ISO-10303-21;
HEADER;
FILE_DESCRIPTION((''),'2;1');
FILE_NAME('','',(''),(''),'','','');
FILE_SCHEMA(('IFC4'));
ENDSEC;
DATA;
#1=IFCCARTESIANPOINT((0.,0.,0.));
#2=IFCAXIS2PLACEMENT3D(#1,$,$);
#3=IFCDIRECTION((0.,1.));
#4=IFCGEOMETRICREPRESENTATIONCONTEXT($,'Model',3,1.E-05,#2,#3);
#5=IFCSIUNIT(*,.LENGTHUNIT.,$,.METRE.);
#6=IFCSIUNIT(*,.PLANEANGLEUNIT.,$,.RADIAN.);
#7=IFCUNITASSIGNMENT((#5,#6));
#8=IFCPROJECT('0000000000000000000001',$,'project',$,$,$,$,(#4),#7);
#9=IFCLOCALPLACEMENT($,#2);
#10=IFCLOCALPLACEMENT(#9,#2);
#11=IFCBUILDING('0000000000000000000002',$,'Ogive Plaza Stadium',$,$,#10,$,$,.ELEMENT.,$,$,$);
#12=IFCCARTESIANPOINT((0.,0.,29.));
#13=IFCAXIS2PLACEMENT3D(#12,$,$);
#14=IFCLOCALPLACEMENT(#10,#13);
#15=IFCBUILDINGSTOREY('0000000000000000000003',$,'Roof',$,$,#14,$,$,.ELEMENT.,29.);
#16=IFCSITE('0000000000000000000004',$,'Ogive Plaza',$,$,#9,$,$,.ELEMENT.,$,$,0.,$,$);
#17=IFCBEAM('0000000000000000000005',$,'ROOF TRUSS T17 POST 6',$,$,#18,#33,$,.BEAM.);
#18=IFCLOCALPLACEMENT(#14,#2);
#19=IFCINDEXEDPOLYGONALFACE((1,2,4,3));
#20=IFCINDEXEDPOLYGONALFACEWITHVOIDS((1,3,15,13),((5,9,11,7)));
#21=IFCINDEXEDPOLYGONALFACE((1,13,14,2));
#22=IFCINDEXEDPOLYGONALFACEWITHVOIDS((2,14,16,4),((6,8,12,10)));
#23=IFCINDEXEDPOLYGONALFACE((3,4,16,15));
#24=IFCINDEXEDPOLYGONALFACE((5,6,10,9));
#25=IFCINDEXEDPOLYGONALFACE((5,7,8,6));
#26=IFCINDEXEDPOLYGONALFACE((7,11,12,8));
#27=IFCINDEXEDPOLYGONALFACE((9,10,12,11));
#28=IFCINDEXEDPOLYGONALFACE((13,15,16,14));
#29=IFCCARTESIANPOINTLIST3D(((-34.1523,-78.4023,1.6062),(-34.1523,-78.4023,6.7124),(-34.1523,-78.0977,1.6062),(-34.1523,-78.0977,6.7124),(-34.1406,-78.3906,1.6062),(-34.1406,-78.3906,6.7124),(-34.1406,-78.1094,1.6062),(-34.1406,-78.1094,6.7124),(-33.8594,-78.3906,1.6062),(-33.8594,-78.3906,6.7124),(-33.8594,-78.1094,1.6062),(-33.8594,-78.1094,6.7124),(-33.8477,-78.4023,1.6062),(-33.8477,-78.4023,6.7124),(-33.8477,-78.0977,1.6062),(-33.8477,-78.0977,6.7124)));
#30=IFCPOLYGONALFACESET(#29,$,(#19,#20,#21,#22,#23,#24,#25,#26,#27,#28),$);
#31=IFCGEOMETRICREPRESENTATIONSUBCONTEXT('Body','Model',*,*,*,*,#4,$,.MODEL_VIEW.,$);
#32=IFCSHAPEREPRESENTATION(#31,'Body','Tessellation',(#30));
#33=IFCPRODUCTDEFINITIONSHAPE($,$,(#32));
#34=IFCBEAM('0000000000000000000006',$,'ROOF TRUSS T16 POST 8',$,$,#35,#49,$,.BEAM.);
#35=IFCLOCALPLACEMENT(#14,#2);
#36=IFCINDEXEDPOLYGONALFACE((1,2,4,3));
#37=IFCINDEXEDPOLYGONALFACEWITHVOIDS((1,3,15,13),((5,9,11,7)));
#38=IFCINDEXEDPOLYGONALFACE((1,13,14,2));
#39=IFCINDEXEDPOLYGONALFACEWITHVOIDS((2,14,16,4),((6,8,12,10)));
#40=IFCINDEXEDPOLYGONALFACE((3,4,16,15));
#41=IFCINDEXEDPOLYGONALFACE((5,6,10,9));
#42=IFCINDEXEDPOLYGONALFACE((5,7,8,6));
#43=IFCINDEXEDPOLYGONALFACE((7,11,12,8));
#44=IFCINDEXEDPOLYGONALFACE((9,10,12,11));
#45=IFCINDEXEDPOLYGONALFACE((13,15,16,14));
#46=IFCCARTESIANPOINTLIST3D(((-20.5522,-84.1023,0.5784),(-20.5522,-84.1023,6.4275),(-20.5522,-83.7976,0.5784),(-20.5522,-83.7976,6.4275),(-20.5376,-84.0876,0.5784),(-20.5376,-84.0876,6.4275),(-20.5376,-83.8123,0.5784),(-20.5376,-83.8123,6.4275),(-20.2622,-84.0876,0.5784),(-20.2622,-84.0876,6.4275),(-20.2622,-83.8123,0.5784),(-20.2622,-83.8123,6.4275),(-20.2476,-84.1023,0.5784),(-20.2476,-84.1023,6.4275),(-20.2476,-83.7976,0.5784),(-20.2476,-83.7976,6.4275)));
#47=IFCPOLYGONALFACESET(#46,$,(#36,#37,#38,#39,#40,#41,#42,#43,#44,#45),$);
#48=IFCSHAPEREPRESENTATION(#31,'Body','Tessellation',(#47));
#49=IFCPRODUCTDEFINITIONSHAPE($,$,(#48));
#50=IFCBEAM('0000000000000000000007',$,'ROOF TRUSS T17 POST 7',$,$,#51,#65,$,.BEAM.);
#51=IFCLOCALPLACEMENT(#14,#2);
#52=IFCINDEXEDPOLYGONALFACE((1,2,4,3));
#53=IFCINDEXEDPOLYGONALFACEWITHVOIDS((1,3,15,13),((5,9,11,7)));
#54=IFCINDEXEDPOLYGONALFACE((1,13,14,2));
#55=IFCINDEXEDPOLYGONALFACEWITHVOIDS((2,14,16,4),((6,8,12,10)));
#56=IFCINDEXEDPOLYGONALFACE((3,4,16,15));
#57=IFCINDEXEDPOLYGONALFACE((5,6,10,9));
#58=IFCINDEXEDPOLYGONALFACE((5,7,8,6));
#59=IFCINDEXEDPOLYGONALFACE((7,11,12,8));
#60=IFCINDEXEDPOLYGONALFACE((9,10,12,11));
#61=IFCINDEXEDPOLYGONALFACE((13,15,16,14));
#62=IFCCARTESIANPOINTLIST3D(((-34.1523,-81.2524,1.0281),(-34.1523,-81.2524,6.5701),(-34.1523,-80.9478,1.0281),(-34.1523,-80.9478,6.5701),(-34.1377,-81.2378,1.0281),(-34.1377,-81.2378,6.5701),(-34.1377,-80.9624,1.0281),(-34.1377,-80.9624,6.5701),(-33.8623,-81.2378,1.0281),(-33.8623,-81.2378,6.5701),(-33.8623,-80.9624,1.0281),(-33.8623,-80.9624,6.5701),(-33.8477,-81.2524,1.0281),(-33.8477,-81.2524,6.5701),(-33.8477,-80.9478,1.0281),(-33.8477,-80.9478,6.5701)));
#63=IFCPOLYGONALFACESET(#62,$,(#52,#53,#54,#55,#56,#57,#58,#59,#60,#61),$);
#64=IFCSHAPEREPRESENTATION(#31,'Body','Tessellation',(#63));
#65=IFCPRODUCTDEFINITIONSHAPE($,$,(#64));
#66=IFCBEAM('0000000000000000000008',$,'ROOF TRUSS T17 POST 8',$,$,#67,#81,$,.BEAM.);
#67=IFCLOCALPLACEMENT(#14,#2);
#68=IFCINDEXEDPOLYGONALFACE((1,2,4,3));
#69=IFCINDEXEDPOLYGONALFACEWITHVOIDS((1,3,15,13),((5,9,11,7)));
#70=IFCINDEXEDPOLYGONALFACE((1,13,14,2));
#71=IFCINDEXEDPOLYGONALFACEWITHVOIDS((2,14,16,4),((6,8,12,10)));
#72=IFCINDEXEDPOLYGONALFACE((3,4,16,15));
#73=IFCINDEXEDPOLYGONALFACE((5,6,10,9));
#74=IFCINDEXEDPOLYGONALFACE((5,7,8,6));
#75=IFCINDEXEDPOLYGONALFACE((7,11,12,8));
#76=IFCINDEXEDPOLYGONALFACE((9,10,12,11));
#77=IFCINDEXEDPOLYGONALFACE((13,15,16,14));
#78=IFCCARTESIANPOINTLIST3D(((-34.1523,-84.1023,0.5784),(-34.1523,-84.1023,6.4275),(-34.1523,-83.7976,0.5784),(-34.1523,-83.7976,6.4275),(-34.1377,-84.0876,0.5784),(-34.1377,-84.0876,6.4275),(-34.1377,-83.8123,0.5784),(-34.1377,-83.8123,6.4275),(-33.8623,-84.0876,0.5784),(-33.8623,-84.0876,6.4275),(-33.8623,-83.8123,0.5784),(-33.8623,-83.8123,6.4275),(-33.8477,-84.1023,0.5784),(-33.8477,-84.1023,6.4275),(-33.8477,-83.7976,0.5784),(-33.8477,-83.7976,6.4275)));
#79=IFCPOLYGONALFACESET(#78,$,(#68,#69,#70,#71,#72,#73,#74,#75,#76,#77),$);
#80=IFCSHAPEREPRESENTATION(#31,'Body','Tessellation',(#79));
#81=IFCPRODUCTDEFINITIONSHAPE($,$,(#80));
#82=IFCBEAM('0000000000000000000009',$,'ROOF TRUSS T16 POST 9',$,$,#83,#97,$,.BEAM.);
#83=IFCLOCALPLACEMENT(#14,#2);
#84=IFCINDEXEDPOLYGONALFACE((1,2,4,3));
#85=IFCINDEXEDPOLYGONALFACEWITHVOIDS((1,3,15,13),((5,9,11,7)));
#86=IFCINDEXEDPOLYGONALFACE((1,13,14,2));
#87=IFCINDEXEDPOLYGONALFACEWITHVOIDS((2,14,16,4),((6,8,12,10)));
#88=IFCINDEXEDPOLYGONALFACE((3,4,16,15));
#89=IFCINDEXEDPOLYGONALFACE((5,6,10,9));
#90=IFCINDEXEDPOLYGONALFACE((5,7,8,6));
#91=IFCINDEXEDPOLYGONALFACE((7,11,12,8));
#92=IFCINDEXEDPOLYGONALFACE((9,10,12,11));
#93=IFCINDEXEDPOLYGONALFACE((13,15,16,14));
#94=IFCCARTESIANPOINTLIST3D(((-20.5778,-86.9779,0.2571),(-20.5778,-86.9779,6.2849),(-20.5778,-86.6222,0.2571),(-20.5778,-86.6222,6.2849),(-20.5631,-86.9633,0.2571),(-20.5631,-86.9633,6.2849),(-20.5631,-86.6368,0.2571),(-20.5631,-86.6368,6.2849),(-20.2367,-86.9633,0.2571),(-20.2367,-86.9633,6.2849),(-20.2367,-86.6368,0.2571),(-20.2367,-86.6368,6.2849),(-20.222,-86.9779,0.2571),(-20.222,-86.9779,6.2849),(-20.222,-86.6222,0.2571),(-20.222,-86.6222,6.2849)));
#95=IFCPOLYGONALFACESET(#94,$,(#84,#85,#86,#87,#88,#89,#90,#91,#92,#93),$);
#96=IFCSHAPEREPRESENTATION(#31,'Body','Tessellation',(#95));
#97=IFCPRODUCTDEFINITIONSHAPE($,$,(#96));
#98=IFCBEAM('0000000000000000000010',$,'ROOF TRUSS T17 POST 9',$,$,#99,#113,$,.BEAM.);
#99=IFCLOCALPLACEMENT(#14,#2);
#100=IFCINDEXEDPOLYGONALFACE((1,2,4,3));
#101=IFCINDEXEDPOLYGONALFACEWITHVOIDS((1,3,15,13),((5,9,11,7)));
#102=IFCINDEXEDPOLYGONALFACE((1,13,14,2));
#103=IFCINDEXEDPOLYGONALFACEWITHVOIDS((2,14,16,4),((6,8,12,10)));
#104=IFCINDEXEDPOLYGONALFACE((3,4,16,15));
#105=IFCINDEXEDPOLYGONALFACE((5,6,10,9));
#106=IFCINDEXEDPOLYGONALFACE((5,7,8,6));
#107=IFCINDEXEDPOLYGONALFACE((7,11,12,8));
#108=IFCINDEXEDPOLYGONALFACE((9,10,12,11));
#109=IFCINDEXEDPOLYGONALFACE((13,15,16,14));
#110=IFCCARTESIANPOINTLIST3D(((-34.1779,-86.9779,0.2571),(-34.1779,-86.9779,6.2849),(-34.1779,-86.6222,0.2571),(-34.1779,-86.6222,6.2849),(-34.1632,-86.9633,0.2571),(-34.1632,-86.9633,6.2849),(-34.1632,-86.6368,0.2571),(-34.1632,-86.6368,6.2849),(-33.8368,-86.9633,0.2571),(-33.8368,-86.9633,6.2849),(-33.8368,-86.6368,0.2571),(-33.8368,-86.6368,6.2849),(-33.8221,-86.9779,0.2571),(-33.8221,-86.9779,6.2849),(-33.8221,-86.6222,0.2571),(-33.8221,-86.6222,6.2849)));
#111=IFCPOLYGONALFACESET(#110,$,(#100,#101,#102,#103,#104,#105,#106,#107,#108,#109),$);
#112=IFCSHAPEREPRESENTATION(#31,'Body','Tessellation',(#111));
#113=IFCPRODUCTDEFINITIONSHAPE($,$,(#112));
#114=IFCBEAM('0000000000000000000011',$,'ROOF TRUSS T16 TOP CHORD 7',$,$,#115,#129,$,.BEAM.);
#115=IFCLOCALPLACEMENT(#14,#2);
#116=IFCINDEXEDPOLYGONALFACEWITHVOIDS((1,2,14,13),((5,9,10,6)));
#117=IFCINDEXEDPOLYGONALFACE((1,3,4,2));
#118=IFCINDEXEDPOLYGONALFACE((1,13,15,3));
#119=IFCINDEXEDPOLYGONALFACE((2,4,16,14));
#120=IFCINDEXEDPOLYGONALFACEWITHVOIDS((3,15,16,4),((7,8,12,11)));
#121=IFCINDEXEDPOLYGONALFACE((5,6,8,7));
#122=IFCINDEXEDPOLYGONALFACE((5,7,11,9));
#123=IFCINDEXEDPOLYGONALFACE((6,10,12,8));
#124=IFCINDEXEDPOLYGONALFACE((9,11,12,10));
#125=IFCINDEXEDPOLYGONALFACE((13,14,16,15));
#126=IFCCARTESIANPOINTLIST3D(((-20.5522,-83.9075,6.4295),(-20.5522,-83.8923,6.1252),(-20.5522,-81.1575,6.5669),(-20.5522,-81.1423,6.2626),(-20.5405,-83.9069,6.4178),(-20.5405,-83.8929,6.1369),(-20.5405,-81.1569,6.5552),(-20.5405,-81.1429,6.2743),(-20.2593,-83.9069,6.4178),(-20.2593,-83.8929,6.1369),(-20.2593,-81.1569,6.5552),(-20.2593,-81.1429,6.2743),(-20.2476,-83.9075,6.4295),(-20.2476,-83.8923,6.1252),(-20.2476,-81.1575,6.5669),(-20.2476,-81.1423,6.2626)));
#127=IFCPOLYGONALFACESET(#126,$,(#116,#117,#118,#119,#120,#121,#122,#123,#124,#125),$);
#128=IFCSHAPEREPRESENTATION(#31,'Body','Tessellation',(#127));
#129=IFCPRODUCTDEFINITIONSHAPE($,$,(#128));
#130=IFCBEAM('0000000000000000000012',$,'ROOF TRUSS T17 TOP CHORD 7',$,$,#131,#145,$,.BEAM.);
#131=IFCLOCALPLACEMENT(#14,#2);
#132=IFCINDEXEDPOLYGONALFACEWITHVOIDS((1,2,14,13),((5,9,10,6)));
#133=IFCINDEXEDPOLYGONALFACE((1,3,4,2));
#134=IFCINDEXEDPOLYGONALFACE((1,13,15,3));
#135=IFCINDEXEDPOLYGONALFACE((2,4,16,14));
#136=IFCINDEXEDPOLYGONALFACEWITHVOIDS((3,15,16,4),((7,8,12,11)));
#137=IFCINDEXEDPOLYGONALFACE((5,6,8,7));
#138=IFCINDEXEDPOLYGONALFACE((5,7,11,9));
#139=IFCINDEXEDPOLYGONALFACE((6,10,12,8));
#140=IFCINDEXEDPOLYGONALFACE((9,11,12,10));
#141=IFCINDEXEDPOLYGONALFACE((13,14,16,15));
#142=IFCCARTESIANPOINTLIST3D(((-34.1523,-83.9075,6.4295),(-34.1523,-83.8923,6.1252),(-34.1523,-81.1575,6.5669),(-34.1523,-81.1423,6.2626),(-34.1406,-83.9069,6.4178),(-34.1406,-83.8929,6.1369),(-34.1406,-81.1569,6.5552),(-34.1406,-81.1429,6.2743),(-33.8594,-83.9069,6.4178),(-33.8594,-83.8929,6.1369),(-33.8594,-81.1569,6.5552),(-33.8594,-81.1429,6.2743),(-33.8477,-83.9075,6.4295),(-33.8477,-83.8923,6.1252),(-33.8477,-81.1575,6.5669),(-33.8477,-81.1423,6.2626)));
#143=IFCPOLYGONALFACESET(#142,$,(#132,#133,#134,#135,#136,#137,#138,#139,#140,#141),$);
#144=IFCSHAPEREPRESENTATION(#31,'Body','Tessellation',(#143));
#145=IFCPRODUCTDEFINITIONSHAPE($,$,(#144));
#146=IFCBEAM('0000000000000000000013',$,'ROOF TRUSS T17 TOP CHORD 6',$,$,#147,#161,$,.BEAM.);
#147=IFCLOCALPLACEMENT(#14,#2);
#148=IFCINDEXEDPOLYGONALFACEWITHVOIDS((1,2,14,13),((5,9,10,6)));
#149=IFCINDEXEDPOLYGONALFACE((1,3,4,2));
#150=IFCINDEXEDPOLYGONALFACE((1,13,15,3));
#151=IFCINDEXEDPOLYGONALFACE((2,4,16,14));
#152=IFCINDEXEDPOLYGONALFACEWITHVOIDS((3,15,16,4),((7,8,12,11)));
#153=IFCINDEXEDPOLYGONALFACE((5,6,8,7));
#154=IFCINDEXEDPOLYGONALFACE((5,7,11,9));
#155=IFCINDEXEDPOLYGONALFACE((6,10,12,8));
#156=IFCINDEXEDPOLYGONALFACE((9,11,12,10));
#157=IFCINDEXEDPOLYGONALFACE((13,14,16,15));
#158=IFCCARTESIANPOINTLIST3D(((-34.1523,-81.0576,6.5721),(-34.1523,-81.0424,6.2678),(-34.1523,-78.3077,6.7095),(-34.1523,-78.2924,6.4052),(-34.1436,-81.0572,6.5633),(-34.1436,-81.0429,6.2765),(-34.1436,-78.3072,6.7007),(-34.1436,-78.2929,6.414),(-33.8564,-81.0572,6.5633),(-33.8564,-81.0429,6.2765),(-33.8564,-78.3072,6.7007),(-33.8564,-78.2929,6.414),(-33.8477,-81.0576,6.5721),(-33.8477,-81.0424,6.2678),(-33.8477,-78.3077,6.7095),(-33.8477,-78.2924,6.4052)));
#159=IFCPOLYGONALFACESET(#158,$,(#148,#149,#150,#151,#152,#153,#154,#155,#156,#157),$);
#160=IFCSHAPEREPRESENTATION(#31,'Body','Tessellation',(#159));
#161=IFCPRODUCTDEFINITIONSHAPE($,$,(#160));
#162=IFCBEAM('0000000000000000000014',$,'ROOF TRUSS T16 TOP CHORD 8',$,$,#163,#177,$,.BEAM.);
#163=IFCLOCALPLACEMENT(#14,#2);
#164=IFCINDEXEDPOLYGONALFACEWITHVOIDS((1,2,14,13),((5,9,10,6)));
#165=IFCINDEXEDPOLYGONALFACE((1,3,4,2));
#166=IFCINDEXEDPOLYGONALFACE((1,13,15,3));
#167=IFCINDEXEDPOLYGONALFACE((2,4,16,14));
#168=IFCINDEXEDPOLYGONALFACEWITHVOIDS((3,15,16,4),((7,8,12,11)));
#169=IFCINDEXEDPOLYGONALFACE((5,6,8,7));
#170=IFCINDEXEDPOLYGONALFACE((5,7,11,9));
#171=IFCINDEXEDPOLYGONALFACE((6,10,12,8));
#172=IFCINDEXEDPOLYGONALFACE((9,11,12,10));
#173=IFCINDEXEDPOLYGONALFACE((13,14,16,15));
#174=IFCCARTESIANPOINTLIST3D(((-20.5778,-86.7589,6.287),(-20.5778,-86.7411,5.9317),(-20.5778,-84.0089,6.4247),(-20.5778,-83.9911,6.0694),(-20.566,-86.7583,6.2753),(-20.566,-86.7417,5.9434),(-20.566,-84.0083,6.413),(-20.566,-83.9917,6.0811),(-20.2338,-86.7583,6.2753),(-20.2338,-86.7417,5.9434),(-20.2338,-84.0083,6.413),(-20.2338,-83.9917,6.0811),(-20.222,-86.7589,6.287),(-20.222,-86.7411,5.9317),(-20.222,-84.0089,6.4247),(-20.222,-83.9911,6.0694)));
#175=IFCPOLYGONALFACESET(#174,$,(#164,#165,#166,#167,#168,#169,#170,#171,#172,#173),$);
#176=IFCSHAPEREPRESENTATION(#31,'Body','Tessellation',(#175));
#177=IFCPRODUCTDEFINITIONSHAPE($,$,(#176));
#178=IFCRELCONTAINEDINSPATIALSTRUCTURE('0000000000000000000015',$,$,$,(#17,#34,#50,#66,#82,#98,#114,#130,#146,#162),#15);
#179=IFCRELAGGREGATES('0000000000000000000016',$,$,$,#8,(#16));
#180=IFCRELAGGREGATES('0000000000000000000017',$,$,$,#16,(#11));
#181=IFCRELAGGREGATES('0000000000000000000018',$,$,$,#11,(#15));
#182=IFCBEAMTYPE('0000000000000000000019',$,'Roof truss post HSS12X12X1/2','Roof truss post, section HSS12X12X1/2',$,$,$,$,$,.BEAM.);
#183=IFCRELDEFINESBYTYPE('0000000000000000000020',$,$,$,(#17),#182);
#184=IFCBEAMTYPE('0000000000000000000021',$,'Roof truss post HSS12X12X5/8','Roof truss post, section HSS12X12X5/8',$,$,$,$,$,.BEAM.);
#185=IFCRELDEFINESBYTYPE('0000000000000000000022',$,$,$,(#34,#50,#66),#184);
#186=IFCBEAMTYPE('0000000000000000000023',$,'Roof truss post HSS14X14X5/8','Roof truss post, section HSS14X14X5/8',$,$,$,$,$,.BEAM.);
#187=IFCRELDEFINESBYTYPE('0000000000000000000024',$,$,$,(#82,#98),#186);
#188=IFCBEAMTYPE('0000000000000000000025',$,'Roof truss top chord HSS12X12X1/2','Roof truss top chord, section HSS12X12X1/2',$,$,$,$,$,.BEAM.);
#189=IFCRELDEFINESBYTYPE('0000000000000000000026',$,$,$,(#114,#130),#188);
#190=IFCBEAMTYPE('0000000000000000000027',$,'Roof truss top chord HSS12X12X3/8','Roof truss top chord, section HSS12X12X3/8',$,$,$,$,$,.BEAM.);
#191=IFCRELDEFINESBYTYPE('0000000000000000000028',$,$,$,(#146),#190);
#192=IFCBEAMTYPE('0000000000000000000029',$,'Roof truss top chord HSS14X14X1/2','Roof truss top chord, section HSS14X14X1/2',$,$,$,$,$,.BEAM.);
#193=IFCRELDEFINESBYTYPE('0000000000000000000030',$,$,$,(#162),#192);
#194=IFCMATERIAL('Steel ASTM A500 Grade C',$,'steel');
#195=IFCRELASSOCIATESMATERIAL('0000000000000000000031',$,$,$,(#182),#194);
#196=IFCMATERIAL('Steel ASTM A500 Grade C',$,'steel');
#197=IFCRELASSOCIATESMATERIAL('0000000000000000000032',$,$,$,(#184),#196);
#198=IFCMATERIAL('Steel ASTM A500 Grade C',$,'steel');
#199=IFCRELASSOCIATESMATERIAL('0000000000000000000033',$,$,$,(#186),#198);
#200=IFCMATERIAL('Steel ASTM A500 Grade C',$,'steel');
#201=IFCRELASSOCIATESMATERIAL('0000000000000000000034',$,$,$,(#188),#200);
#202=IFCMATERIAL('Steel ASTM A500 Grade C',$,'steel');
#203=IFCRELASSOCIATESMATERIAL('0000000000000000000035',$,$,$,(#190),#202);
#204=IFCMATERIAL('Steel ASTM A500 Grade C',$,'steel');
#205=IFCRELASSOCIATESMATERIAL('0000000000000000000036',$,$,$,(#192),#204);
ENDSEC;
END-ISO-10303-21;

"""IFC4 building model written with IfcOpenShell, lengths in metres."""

from ifc_helpers import new_model, si_unit, direction, frame, origin, origin_2d, place, context, subcontext, project, spatial, hollow_rectangle, extrude, material, material_profile, profile_set, type_object, element, save


model = new_model("IFC4")

# Units and contexts
model_context = context("Model", 3, precision=1e-05, world=origin(), true_north=direction((0.0, 1.0)))
body_context = subcontext(model_context, "Body", "Model", "MODEL_VIEW")
ifc_project = project(units=[si_unit("LENGTHUNIT", "METRE"), si_unit("PLANEANGLEUNIT", "RADIAN")], contexts=[model_context])

# Site, building, storey
site_placement = place(None, origin())
site = spatial("IfcSite", under=ifc_project, at=site_placement, Name="Ogive Plaza", CompositionType="ELEMENT", RefElevation=0.0)
building_placement = place(site_placement, origin())
building = spatial("IfcBuilding", under=site, at=building_placement, Name="Ogive Plaza Stadium", CompositionType="ELEMENT")
storey_placement = place(building_placement, frame((0.0, 0.0, 29.0)))
storey = spatial("IfcBuildingStorey", under=building, at=storey_placement, Name="Roof", CompositionType="ELEMENT", Elevation=29.0)

# Beams
ifc_material_1 = material(Name="Steel ASTM A500 Grade C", Category="steel")
ifc_material_profile_1 = material_profile(ifc_material_1, hollow_rectangle(XDim=0.3047, YDim=0.3047, WallThickness=0.0117, at=origin_2d()), Name="HSS12X12X1/2")
ifc_profile_set_1 = profile_set([ifc_material_profile_1], Name="Steel ASTM A500 Grade C")
beam_type_1 = type_object("IfcBeamType", Name="Roof truss post HSS12X12X1/2", Description="Roof truss post, section HSS12X12X1/2", PredefinedType="BEAM", material=ifc_profile_set_1)
beam_1_placement = place(storey_placement, frame((-34.0, -78.25, 1.6062), z_axis=(0.0, 0.0, 1.0), x_axis=(1.0, 0.0, 0.0)))
element("IfcBeam", 1, at=beam_1_placement, inside=storey, type_object=beam_type_1, Name="ROOF TRUSS T17 POST 6", PredefinedType="BEAM", context=body_context, shape_type="SweptSolid", body=[
    extrude(hollow_rectangle(XDim=0.3047, YDim=0.3047, WallThickness=0.0117, at=origin_2d()), origin(), (0.0, 0.0, 1.0), 5.1062),
])
ifc_material_2 = material(Name="Steel ASTM A500 Grade C", Category="steel")
ifc_material_profile_2 = material_profile(ifc_material_2, hollow_rectangle(XDim=0.3047, YDim=0.3047, WallThickness=0.0146, at=origin_2d()), Name="HSS12X12X5/8")
ifc_profile_set_2 = profile_set([ifc_material_profile_2], Name="Steel ASTM A500 Grade C")
beam_type_2 = type_object("IfcBeamType", Name="Roof truss post HSS12X12X5/8", Description="Roof truss post, section HSS12X12X5/8", PredefinedType="BEAM", material=ifc_profile_set_2)
beam_2_placement = place(storey_placement, frame((-20.3999, -83.95, 0.5784), z_axis=(0.0, 0.0, 1.0), x_axis=(1.0, 0.0, 0.0)))
element("IfcBeam", 2, at=beam_2_placement, inside=storey, type_object=beam_type_2, Name="ROOF TRUSS T16 POST 8", PredefinedType="BEAM", context=body_context, shape_type="SweptSolid", body=[
    extrude(hollow_rectangle(XDim=0.3047, YDim=0.3047, WallThickness=0.0146, at=origin_2d()), origin(), (0.0, 0.0, 1.0), 5.8491),
])
beam_3_placement = place(storey_placement, frame((-34.0, -81.1001, 1.0281), z_axis=(0.0, 0.0, 1.0), x_axis=(1.0, 0.0, 0.0)))
element("IfcBeam", 3, at=beam_3_placement, inside=storey, type_object=beam_type_2, Name="ROOF TRUSS T17 POST 7", PredefinedType="BEAM", context=body_context, shape_type="SweptSolid", body=[
    extrude(hollow_rectangle(XDim=0.3047, YDim=0.3047, WallThickness=0.0146, at=origin_2d()), origin(), (0.0, 0.0, 1.0), 5.542),
])
beam_4_placement = place(storey_placement, frame((-34.0, -83.95, 0.5784), z_axis=(0.0, 0.0, 1.0), x_axis=(1.0, 0.0, 0.0)))
element("IfcBeam", 4, at=beam_4_placement, inside=storey, type_object=beam_type_2, Name="ROOF TRUSS T17 POST 8", PredefinedType="BEAM", context=body_context, shape_type="SweptSolid", body=[
    extrude(hollow_rectangle(XDim=0.3047, YDim=0.3047, WallThickness=0.0146, at=origin_2d()), origin(), (0.0, 0.0, 1.0), 5.8491),
])
ifc_material_3 = material(Name="Steel ASTM A500 Grade C", Category="steel")
ifc_material_profile_3 = material_profile(ifc_material_3, hollow_rectangle(XDim=0.3557, YDim=0.3557, WallThickness=0.0146, at=origin_2d()), Name="HSS14X14X5/8")
ifc_profile_set_3 = profile_set([ifc_material_profile_3], Name="Steel ASTM A500 Grade C")
beam_type_3 = type_object("IfcBeamType", Name="Roof truss post HSS14X14X5/8", Description="Roof truss post, section HSS14X14X5/8", PredefinedType="BEAM", material=ifc_profile_set_3)
for number, where, z_axis, x_axis, name in (
    (5, (-20.3999, -86.8, 0.2571), (0.0, 0.0, 1.0), (1.0, 0.0, 0.0), "ROOF TRUSS T16 POST 9"),
    (6, (-34.0, -86.8, 0.2571), (0.0, 0.0, 1.0), (1.0, 0.0, 0.0), "ROOF TRUSS T17 POST 9"),
):
    element("IfcBeam", number, at=place(storey_placement, frame(where, z_axis=z_axis, x_axis=x_axis)), inside=storey, type_object=beam_type_3, Name=name, PredefinedType="BEAM", context=body_context, shape_type="SweptSolid", body=[
        extrude(hollow_rectangle(XDim=0.3557, YDim=0.3557, WallThickness=0.0146, at=origin_2d()), origin(), (0.0, 0.0, 1.0), 6.0278),
    ])
ifc_material_4 = material(Name="Steel ASTM A500 Grade C", Category="steel")
ifc_material_profile_4 = material_profile(ifc_material_4, hollow_rectangle(XDim=0.3047, YDim=0.3047, WallThickness=0.0117, at=origin_2d()), Name="HSS12X12X1/2")
ifc_profile_set_4 = profile_set([ifc_material_profile_4], Name="Steel ASTM A500 Grade C")
beam_type_4 = type_object("IfcBeamType", Name="Roof truss top chord HSS12X12X1/2", Description="Roof truss top chord, section HSS12X12X1/2", PredefinedType="BEAM", material=ifc_profile_set_4)
for number, where, z_axis, x_axis, name in (
    (7, (-20.3999, -81.1499, 6.4148), (0.0, -0.998753, -0.04992), (1.0, 0.0, 0.0), "ROOF TRUSS T16 TOP CHORD 7"),
    (8, (-34.0, -81.1499, 6.4148), (0.0, -0.998753, -0.04992), (1.0, 0.0, 0.0), "ROOF TRUSS T17 TOP CHORD 7"),
):
    element("IfcBeam", number, at=place(storey_placement, frame(where, z_axis=z_axis, x_axis=x_axis)), inside=storey, type_object=beam_type_4, Name=name, PredefinedType="BEAM", context=body_context, shape_type="SweptSolid", body=[
        extrude(hollow_rectangle(XDim=0.3047, YDim=0.3047, WallThickness=0.0117, at=origin_2d()), origin(), (0.0, 0.0, 1.0), 2.7534),
    ])
ifc_material_5 = material(Name="Steel ASTM A500 Grade C", Category="steel")
ifc_material_profile_5 = material_profile(ifc_material_5, hollow_rectangle(XDim=0.3047, YDim=0.3047, WallThickness=0.0088, at=origin_2d()), Name="HSS12X12X3/8")
ifc_profile_set_5 = profile_set([ifc_material_profile_5], Name="Steel ASTM A500 Grade C")
beam_type_5 = type_object("IfcBeamType", Name="Roof truss top chord HSS12X12X3/8", Description="Roof truss top chord, section HSS12X12X3/8", PredefinedType="BEAM", material=ifc_profile_set_5)
beam_5_placement = place(storey_placement, frame((-34.0, -78.3, 6.5574), z_axis=(0.0, -0.998753, -0.04992), x_axis=(1.0, 0.0, 0.0)))
element("IfcBeam", 9, at=beam_5_placement, inside=storey, type_object=beam_type_5, Name="ROOF TRUSS T17 TOP CHORD 6", PredefinedType="BEAM", context=body_context, shape_type="SweptSolid", body=[
    extrude(hollow_rectangle(XDim=0.3047, YDim=0.3047, WallThickness=0.0088, at=origin_2d()), origin(), (0.0, 0.0, 1.0), 2.7534),
])
ifc_material_6 = material(Name="Steel ASTM A500 Grade C", Category="steel")
ifc_material_profile_6 = material_profile(ifc_material_6, hollow_rectangle(XDim=0.3557, YDim=0.3557, WallThickness=0.0117, at=origin_2d()), Name="HSS14X14X1/2")
ifc_profile_set_6 = profile_set([ifc_material_profile_6], Name="Steel ASTM A500 Grade C")
beam_type_6 = type_object("IfcBeamType", Name="Roof truss top chord HSS14X14X1/2", Description="Roof truss top chord, section HSS14X14X1/2", PredefinedType="BEAM", material=ifc_profile_set_6)
for number, where, z_axis, x_axis, name in (
    (10, (-20.3999, -84.0, 6.2471), (0.0, -0.998749, -0.050008), (1.0, 0.0, 0.0), "ROOF TRUSS T16 TOP CHORD 8"),
):
    element("IfcBeam", number, at=place(storey_placement, frame(where, z_axis=z_axis, x_axis=x_axis)), inside=storey, type_object=beam_type_6, Name=name, PredefinedType="BEAM", context=body_context, shape_type="SweptSolid", body=[
        extrude(hollow_rectangle(XDim=0.3557, YDim=0.3557, WallThickness=0.0117, at=origin_2d()), origin(), (0.0, 0.0, 1.0), 2.7534),
    ])

save(model, "model.ifc")
